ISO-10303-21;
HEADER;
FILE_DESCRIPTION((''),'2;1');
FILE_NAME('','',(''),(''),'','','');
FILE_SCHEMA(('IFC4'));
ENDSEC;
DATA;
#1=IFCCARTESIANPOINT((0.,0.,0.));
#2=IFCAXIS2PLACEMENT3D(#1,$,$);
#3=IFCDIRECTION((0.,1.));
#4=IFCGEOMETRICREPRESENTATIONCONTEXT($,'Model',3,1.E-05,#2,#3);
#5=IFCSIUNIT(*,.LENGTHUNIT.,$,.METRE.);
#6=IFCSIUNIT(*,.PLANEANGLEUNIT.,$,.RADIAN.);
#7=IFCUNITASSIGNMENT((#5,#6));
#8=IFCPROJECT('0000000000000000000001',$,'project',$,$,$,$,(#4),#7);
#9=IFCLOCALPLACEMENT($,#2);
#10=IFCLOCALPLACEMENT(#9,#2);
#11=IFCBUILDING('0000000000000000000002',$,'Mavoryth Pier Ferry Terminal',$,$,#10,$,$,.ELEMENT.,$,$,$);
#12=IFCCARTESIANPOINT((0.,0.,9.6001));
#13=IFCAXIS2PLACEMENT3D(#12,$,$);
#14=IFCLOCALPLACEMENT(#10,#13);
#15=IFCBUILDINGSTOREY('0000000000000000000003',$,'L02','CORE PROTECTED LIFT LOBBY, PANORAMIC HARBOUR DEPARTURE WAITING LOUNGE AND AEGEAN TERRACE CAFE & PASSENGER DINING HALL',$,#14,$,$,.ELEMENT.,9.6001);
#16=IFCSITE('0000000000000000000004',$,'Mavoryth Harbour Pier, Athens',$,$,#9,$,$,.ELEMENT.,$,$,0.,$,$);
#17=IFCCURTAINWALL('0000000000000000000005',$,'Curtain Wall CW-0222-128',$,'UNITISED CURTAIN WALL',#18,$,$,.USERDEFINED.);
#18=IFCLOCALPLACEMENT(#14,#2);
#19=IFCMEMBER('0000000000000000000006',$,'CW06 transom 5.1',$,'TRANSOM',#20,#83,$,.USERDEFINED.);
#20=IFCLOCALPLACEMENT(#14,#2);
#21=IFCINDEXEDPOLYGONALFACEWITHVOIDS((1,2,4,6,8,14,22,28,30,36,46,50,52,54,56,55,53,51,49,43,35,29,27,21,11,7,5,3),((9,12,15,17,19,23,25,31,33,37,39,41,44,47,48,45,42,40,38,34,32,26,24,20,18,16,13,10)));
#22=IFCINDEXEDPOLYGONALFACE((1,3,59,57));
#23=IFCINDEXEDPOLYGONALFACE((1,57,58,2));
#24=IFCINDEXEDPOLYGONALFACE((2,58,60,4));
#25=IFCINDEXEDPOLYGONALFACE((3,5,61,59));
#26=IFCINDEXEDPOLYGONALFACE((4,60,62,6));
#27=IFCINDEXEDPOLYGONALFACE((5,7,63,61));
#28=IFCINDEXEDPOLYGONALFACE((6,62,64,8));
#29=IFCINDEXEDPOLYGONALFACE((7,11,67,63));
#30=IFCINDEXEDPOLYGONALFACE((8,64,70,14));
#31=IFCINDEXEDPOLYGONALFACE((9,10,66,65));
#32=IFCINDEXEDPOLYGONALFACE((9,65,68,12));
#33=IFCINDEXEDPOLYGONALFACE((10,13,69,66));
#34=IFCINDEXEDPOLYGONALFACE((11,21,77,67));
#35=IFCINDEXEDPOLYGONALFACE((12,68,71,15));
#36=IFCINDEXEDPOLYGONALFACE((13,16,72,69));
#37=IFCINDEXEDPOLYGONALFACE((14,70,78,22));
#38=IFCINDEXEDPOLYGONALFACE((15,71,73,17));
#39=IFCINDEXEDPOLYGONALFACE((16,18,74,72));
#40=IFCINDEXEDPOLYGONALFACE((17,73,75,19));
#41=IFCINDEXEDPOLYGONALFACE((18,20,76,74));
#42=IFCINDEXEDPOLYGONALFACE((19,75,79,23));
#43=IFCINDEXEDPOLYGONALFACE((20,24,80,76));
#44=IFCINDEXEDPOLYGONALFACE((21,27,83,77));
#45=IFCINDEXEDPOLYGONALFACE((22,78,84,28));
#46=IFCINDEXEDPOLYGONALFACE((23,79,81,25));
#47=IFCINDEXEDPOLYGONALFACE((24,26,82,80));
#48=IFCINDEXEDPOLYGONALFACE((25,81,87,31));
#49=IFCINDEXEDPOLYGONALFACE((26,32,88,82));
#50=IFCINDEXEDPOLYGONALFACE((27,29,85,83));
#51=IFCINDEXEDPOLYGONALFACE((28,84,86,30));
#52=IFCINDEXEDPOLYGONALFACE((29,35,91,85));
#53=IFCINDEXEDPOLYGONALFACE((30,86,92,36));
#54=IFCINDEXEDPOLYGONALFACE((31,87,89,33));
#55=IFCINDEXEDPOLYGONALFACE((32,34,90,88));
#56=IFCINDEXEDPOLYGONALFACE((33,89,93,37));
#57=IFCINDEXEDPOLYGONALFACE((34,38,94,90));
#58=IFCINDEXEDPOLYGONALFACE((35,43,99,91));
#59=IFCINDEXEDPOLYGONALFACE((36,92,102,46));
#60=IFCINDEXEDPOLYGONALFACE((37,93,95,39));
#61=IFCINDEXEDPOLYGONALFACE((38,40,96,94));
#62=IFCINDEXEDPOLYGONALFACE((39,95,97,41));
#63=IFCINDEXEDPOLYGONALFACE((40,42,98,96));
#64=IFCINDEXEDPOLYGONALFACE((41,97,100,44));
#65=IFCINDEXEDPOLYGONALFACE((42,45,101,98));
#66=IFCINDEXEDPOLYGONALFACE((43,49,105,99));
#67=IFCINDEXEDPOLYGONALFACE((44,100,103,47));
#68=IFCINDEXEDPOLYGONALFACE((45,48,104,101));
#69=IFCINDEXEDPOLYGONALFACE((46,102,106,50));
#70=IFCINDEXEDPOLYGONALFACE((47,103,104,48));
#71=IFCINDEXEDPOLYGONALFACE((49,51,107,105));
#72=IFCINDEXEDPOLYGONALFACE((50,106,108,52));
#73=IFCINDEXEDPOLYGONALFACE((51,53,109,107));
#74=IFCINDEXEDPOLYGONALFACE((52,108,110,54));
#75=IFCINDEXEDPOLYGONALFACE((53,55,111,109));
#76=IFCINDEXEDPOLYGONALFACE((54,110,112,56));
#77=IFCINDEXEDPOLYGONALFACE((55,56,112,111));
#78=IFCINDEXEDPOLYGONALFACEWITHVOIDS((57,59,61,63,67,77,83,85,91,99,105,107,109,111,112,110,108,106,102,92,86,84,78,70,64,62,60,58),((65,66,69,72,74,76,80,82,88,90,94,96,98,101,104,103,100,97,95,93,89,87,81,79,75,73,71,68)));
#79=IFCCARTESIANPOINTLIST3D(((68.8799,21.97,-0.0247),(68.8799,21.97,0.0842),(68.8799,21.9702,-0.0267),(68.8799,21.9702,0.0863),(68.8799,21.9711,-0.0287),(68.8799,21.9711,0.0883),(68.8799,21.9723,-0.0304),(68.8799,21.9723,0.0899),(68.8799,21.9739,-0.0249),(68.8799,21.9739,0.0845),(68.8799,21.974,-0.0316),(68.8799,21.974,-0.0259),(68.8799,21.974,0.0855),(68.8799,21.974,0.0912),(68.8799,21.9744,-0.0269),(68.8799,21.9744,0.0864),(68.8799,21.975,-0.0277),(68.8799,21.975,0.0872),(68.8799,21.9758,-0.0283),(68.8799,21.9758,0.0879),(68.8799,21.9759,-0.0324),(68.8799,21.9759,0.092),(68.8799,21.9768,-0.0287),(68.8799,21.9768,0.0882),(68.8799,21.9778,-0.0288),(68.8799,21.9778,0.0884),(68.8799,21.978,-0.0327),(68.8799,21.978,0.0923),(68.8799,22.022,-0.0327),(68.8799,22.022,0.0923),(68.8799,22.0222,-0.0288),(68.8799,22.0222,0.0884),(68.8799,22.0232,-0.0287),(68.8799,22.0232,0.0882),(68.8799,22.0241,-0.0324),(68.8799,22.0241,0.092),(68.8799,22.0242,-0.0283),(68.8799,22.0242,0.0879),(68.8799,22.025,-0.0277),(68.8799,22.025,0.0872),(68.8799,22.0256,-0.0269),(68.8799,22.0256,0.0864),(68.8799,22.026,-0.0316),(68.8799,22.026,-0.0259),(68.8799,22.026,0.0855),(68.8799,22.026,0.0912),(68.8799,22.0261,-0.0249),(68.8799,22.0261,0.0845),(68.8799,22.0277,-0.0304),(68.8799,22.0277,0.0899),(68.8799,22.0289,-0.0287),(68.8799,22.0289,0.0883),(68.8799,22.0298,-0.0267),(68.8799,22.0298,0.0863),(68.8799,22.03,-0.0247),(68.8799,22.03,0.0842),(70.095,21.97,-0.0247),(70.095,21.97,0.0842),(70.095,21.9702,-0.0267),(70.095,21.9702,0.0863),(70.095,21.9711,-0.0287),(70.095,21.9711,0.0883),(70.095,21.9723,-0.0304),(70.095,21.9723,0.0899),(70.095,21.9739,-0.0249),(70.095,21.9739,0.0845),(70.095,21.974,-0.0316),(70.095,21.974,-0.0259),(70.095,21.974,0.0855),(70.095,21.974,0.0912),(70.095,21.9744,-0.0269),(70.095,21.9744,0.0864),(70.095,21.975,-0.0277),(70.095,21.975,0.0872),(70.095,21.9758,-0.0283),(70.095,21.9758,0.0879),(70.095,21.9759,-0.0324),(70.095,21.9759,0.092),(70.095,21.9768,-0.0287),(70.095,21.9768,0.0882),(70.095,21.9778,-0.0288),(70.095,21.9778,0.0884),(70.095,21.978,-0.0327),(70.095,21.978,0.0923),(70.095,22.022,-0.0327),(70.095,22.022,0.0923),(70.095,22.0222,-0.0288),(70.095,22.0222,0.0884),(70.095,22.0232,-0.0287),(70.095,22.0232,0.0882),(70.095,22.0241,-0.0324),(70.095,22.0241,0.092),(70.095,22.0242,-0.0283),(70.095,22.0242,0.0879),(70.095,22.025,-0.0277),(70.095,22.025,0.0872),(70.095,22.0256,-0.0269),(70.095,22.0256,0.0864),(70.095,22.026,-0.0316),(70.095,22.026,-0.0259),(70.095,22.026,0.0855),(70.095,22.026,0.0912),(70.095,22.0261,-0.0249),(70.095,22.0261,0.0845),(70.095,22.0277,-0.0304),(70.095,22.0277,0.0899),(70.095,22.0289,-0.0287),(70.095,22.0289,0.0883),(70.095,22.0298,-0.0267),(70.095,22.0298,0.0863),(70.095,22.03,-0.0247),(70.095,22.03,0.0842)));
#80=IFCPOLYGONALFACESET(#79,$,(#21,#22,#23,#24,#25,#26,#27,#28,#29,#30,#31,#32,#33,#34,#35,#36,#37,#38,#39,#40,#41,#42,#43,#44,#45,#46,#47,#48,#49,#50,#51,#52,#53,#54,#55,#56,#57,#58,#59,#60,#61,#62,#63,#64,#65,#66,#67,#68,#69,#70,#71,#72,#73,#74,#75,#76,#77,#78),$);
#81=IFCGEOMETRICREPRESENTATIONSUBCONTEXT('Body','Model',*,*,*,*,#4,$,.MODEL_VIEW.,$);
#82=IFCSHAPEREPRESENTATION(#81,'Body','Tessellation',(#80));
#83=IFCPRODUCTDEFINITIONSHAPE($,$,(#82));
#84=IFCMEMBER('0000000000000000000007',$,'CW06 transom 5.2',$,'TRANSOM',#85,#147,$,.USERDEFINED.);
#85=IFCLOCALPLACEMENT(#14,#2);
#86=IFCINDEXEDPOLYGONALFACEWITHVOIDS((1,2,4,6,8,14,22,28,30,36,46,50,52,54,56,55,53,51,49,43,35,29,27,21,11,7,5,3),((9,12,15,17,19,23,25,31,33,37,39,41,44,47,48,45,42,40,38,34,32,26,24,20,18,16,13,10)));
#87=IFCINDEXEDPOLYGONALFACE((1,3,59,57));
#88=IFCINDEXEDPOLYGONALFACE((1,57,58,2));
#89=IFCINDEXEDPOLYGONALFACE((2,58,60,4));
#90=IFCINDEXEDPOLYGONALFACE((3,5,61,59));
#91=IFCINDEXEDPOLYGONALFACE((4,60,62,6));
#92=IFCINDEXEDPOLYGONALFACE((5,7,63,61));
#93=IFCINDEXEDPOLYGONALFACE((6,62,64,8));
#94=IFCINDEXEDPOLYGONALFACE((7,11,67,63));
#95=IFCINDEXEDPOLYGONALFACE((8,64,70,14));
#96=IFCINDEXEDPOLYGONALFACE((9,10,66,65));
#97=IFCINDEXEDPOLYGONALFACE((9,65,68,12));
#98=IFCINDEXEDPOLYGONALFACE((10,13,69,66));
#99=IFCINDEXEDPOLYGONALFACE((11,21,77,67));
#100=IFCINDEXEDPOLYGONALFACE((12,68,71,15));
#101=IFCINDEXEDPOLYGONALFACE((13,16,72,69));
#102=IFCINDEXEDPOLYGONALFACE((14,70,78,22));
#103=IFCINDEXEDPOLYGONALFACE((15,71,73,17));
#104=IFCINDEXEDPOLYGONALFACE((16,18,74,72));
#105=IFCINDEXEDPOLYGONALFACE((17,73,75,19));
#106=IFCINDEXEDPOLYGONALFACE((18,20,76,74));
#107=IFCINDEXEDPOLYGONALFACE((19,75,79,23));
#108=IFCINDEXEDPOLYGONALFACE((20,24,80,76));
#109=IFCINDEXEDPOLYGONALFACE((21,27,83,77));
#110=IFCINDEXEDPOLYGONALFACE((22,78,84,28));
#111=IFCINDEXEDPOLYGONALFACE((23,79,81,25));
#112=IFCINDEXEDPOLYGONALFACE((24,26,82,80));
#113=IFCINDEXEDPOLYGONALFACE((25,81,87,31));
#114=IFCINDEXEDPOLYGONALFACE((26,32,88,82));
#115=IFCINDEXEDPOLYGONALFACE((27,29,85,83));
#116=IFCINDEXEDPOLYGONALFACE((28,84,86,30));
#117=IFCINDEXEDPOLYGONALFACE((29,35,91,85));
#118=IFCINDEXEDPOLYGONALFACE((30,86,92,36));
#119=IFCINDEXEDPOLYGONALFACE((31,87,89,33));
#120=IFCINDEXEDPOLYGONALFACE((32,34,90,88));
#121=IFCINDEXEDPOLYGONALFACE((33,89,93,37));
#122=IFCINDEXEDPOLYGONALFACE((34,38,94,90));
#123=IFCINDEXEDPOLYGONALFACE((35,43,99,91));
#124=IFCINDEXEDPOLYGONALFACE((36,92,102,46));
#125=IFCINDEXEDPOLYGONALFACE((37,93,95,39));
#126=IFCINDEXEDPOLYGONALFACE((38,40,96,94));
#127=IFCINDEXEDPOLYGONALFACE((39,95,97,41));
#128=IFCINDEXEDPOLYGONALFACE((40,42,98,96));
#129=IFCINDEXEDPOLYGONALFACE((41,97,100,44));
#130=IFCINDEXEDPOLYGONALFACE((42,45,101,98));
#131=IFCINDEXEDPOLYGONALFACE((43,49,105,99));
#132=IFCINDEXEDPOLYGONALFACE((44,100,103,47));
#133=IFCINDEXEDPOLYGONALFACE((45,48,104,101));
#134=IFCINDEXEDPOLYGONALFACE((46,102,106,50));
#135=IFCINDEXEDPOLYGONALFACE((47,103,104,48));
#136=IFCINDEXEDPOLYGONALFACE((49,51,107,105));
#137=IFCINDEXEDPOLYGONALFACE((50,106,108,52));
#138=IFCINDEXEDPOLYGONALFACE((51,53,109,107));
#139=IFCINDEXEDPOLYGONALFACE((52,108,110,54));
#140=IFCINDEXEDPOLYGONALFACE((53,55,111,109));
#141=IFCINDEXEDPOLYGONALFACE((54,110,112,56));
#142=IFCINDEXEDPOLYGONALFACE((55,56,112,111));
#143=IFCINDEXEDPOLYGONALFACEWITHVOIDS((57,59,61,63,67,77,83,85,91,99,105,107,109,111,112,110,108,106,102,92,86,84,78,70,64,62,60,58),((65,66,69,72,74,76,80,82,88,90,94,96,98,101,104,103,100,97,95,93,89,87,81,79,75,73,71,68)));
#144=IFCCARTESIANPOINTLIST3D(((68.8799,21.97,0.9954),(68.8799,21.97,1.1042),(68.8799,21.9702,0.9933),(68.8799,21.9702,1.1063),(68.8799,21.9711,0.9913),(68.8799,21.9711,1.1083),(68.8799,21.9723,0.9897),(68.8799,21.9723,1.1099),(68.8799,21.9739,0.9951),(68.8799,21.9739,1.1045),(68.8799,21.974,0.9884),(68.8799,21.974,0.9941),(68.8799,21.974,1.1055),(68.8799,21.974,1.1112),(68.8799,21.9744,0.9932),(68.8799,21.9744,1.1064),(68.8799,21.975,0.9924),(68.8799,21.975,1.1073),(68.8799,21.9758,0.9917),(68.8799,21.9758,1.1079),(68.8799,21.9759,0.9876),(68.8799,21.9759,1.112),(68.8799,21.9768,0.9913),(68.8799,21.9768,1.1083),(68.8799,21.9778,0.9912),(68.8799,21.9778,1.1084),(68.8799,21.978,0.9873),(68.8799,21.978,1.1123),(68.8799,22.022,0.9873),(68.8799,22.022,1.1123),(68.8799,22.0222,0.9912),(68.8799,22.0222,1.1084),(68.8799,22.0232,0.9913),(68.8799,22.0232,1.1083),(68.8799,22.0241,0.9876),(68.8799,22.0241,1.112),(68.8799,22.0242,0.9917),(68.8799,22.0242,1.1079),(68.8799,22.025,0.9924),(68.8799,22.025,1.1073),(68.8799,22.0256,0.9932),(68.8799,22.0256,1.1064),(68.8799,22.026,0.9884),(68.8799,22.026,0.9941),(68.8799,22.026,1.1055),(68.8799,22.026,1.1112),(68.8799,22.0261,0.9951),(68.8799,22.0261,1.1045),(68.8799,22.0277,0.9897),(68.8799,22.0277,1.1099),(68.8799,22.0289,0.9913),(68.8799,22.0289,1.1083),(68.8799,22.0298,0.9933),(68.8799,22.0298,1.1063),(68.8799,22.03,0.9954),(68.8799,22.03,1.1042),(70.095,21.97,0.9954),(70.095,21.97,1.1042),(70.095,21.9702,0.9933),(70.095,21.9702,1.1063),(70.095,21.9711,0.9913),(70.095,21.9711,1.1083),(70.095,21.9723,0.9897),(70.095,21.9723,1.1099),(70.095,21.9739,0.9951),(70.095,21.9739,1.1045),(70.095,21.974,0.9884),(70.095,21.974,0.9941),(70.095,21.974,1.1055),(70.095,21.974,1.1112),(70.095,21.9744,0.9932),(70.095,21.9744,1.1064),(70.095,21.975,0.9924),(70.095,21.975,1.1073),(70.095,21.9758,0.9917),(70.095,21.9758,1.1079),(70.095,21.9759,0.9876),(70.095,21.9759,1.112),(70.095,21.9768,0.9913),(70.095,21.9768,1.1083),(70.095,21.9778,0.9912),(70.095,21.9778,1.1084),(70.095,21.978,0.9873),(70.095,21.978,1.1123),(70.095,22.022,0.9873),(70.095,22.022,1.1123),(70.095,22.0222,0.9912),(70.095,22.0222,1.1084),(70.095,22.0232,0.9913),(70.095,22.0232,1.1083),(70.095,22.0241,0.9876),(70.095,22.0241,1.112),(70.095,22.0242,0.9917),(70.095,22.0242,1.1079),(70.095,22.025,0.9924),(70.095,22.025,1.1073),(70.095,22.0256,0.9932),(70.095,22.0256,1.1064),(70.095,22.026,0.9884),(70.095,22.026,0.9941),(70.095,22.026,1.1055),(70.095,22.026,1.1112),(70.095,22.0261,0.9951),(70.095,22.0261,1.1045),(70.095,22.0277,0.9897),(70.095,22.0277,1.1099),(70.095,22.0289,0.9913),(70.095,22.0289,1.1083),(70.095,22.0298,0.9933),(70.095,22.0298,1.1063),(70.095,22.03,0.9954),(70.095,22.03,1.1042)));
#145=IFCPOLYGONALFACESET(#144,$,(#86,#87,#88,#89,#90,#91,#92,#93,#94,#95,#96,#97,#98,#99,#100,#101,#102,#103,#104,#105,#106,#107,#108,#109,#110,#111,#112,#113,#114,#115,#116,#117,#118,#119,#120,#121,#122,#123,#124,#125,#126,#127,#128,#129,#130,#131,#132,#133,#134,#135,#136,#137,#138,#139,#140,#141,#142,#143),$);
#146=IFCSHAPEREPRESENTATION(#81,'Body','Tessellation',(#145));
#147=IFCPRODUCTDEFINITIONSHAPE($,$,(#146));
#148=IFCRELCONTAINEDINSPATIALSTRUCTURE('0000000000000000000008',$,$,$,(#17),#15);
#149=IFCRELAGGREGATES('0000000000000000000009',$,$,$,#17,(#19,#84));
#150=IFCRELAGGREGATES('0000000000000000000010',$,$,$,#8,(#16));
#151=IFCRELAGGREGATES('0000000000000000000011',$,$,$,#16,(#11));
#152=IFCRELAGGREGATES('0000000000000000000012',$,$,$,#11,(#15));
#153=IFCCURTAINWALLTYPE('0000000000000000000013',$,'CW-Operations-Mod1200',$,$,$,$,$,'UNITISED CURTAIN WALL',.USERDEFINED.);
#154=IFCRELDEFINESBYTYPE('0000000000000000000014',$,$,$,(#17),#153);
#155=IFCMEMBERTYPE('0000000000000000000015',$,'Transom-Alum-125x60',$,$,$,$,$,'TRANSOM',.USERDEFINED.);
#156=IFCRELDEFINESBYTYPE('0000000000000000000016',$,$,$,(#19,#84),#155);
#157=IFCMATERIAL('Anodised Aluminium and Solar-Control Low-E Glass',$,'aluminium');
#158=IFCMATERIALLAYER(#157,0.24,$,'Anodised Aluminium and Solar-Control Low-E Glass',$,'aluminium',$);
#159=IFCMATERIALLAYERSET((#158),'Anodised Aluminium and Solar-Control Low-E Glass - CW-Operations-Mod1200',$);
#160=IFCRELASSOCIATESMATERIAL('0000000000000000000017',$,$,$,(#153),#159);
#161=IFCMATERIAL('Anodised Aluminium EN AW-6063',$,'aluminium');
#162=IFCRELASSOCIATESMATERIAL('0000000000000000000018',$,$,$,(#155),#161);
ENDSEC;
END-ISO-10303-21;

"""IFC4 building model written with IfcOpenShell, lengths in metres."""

from ifc_helpers import new_model, si_unit, direction, frame, origin, origin_2d, place, context, subcontext, project, spatial, hollow_rectangle, extrude, material, layer, layer_set, material_profile, profile_set, type_object, element, aggregate, save


model = new_model("IFC4")

# Units and contexts
model_context = context("Model", 3, precision=1e-05, world=origin(), true_north=direction((0.0, 1.0)))
body_context = subcontext(model_context, "Body", "Model", "MODEL_VIEW")
ifc_project = project(units=[si_unit("LENGTHUNIT", "METRE"), si_unit("PLANEANGLEUNIT", "RADIAN")], contexts=[model_context])

# Site, building, storey
site_placement = place(None, origin())
site = spatial("IfcSite", under=ifc_project, at=site_placement, Name="Mavoryth Harbour Pier, Athens", CompositionType="ELEMENT", RefElevation=0.0)
building_placement = place(site_placement, origin())
building = spatial("IfcBuilding", under=site, at=building_placement, Name="Mavoryth Pier Ferry Terminal", CompositionType="ELEMENT")
storey_placement = place(building_placement, frame((0.0, 0.0, 9.6001)))
storey = spatial("IfcBuildingStorey", under=building, at=storey_placement, Name="L02", Description="CORE PROTECTED LIFT LOBBY, PANORAMIC HARBOUR DEPARTURE WAITING LOUNGE AND AEGEAN TERRACE CAFE & PASSENGER DINING HALL", CompositionType="ELEMENT", Elevation=9.6001)

# Curtain wall, members
ifc_material_1 = material(Name="Anodised Aluminium and Solar-Control Low-E Glass", Category="aluminium")
ifc_layer_1 = layer(ifc_material_1, 0.24, Name="Anodised Aluminium and Solar-Control Low-E Glass", Category="aluminium")
ifc_layer_set_1 = layer_set([ifc_layer_1], Name="Anodised Aluminium and Solar-Control Low-E Glass - CW-Operations-Mod1200")
curtain_wall_type = type_object("IfcCurtainWallType", Name="CW-Operations-Mod1200", ElementType="UNITISED CURTAIN WALL", PredefinedType="USERDEFINED", material=ifc_layer_set_1)
curtain_wall_placement = place(storey_placement, origin())
curtain_wall = element("IfcCurtainWall", 1, at=curtain_wall_placement, inside=storey, type_object=curtain_wall_type, Name="Curtain Wall CW-0222-128", ObjectType="UNITISED CURTAIN WALL", PredefinedType="USERDEFINED")
ifc_material_2 = material(Name="Anodised Aluminium EN AW-6063", Category="aluminium")
ifc_material_profile_1 = material_profile(ifc_material_2, hollow_rectangle(XDim=0.0601, YDim=0.125, WallThickness=0.0039, InnerFilletRadius=0.0039, OuterFilletRadius=0.0081, at=origin_2d()), Name="AL-TRAN 125x60x4", Category="aluminium")
ifc_profile_set_1 = profile_set([ifc_material_profile_1], Name="Anodised Aluminium EN AW-6063 - AL-TRAN 125x60x4")
member_type_1 = type_object("IfcMemberType", Name="Transom-Alum-125x60", ElementType="TRANSOM", PredefinedType="USERDEFINED", material=ifc_profile_set_1)
member_1_placement = place(storey_placement, frame((70.095, 22.0, 0.0298), z_axis=(-1.0, 0.0, 0.0), x_axis=(0.0, -1.0, 0.0)))
member_1 = element("IfcMember", 2, at=member_1_placement, type_object=member_type_1, Name="CW06 transom 5.1", ObjectType="TRANSOM", PredefinedType="USERDEFINED", context=body_context, shape_type="SweptSolid", body=[
    extrude(hollow_rectangle(XDim=0.0601, YDim=0.125, WallThickness=0.0039, InnerFilletRadius=0.0039, OuterFilletRadius=0.0081, at=origin_2d()), origin(), (0.0, 0.0, 1.0), 1.2151),
])
member_2_placement = place(storey_placement, frame((70.095, 22.0, 1.0498), z_axis=(-1.0, 0.0, 0.0), x_axis=(0.0, -1.0, 0.0)))
member_2 = element("IfcMember", 3, at=member_2_placement, type_object=member_type_1, Name="CW06 transom 5.2", ObjectType="TRANSOM", PredefinedType="USERDEFINED", context=body_context, shape_type="SweptSolid", body=[
    extrude(hollow_rectangle(XDim=0.0601, YDim=0.125, WallThickness=0.0039, InnerFilletRadius=0.0039, OuterFilletRadius=0.0081, at=origin_2d()), origin(), (0.0, 0.0, 1.0), 1.2151),
])
aggregate(curtain_wall, [member_1, member_2])

save(model, "model.ifc")
